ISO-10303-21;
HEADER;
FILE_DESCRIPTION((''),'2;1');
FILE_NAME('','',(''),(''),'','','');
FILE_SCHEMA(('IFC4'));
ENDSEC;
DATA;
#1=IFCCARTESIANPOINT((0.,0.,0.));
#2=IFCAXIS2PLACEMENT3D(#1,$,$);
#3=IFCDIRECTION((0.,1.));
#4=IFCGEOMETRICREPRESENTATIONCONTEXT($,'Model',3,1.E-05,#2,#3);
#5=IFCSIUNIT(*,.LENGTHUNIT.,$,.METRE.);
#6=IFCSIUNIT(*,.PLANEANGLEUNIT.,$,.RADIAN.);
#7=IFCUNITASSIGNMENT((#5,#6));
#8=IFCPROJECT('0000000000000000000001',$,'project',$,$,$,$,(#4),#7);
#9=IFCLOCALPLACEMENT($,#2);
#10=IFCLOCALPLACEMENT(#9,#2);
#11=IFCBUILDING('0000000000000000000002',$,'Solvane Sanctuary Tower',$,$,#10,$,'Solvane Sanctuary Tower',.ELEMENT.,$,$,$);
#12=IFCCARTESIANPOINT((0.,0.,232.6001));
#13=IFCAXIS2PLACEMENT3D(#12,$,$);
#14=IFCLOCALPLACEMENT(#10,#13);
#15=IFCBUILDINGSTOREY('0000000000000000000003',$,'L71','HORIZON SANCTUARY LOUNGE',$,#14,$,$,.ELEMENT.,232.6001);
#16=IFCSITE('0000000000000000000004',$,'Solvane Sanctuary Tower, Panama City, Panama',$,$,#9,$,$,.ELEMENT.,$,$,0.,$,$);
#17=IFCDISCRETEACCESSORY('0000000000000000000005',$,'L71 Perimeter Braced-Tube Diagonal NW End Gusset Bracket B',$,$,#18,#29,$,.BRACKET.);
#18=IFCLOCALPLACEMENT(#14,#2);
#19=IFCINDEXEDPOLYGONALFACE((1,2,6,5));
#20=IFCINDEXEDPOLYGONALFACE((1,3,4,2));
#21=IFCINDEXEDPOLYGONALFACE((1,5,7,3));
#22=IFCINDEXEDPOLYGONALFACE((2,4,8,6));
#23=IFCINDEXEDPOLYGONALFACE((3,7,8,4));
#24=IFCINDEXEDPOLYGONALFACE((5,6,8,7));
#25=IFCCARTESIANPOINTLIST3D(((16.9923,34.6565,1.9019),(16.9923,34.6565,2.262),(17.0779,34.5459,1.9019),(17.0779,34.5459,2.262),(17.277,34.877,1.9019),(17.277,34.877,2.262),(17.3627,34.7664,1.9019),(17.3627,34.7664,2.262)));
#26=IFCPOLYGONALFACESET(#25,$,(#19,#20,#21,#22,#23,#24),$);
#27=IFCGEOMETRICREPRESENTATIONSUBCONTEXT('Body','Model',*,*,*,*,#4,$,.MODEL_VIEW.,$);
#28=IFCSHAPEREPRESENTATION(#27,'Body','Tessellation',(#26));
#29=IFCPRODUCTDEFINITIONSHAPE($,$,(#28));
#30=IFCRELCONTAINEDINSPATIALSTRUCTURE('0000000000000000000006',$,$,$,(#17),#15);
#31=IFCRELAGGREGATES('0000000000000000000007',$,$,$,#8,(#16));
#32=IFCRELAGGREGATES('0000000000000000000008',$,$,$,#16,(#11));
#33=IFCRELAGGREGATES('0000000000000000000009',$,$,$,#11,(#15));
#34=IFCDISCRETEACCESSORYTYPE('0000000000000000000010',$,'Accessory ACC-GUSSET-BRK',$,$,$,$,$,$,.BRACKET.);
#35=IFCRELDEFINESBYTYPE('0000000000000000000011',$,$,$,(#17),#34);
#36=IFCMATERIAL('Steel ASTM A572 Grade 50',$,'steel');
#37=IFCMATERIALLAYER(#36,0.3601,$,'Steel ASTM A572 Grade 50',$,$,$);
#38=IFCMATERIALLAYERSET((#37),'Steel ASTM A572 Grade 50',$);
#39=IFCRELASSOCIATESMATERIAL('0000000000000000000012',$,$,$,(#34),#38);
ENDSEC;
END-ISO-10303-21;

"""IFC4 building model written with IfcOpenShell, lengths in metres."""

from ifc_helpers import new_model, si_unit, direction, frame, origin, origin_2d, place, context, subcontext, project, spatial, rectangle, extrude, material, layer, layer_set, type_object, element, save


model = new_model("IFC4")

# Units and contexts
model_context = context("Model", 3, precision=1e-05, world=origin(), true_north=direction((0.0, 1.0)))
body_context = subcontext(model_context, "Body", "Model", "MODEL_VIEW")
ifc_project = project(units=[si_unit("LENGTHUNIT", "METRE"), si_unit("PLANEANGLEUNIT", "RADIAN")], contexts=[model_context])

# Site, building, storey
site_placement = place(None, origin())
site = spatial("IfcSite", under=ifc_project, at=site_placement, Name="Solvane Sanctuary Tower, Panama City, Panama", CompositionType="ELEMENT", RefElevation=0.0)
building_placement = place(site_placement, origin())
building = spatial("IfcBuilding", under=site, at=building_placement, Name="Solvane Sanctuary Tower", LongName="Solvane Sanctuary Tower", CompositionType="ELEMENT")
storey_placement = place(building_placement, frame((0.0, 0.0, 232.6001)))
storey = spatial("IfcBuildingStorey", under=building, at=storey_placement, Name="L71", Description="HORIZON SANCTUARY LOUNGE", CompositionType="ELEMENT", Elevation=232.6001)

# Discrete accessory
ifc_material_1 = material(Name="Steel ASTM A572 Grade 50", Category="steel")
ifc_layer_1 = layer(ifc_material_1, 0.3601, Name="Steel ASTM A572 Grade 50")
ifc_layer_set_1 = layer_set([ifc_layer_1], Name="Steel ASTM A572 Grade 50")
discrete_accessory_type = type_object("IfcDiscreteAccessoryType", Name="Accessory ACC-GUSSET-BRK", PredefinedType="BRACKET", material=ifc_layer_set_1)
for number, where, z_axis, x_axis, name in (
    (1, (17.1775, 34.7114, 1.9019), (0.0, 0.0, 1.0), (-0.79069, -0.612217, 0.0), "L71 Perimeter Braced-Tube Diagonal NW End Gusset Bracket B"),
):
    element("IfcDiscreteAccessory", number, at=place(storey_placement, frame(where, z_axis=z_axis, x_axis=x_axis)), inside=storey, type_object=discrete_accessory_type, Name=name, PredefinedType="BRACKET", context=body_context, shape_type="SweptSolid", body=[
        extrude(rectangle(XDim=0.3601, YDim=0.1399, at=origin_2d()), origin(), (0.0, 0.0, 1.0), 0.3601),
    ])

save(model, "model.ifc")
